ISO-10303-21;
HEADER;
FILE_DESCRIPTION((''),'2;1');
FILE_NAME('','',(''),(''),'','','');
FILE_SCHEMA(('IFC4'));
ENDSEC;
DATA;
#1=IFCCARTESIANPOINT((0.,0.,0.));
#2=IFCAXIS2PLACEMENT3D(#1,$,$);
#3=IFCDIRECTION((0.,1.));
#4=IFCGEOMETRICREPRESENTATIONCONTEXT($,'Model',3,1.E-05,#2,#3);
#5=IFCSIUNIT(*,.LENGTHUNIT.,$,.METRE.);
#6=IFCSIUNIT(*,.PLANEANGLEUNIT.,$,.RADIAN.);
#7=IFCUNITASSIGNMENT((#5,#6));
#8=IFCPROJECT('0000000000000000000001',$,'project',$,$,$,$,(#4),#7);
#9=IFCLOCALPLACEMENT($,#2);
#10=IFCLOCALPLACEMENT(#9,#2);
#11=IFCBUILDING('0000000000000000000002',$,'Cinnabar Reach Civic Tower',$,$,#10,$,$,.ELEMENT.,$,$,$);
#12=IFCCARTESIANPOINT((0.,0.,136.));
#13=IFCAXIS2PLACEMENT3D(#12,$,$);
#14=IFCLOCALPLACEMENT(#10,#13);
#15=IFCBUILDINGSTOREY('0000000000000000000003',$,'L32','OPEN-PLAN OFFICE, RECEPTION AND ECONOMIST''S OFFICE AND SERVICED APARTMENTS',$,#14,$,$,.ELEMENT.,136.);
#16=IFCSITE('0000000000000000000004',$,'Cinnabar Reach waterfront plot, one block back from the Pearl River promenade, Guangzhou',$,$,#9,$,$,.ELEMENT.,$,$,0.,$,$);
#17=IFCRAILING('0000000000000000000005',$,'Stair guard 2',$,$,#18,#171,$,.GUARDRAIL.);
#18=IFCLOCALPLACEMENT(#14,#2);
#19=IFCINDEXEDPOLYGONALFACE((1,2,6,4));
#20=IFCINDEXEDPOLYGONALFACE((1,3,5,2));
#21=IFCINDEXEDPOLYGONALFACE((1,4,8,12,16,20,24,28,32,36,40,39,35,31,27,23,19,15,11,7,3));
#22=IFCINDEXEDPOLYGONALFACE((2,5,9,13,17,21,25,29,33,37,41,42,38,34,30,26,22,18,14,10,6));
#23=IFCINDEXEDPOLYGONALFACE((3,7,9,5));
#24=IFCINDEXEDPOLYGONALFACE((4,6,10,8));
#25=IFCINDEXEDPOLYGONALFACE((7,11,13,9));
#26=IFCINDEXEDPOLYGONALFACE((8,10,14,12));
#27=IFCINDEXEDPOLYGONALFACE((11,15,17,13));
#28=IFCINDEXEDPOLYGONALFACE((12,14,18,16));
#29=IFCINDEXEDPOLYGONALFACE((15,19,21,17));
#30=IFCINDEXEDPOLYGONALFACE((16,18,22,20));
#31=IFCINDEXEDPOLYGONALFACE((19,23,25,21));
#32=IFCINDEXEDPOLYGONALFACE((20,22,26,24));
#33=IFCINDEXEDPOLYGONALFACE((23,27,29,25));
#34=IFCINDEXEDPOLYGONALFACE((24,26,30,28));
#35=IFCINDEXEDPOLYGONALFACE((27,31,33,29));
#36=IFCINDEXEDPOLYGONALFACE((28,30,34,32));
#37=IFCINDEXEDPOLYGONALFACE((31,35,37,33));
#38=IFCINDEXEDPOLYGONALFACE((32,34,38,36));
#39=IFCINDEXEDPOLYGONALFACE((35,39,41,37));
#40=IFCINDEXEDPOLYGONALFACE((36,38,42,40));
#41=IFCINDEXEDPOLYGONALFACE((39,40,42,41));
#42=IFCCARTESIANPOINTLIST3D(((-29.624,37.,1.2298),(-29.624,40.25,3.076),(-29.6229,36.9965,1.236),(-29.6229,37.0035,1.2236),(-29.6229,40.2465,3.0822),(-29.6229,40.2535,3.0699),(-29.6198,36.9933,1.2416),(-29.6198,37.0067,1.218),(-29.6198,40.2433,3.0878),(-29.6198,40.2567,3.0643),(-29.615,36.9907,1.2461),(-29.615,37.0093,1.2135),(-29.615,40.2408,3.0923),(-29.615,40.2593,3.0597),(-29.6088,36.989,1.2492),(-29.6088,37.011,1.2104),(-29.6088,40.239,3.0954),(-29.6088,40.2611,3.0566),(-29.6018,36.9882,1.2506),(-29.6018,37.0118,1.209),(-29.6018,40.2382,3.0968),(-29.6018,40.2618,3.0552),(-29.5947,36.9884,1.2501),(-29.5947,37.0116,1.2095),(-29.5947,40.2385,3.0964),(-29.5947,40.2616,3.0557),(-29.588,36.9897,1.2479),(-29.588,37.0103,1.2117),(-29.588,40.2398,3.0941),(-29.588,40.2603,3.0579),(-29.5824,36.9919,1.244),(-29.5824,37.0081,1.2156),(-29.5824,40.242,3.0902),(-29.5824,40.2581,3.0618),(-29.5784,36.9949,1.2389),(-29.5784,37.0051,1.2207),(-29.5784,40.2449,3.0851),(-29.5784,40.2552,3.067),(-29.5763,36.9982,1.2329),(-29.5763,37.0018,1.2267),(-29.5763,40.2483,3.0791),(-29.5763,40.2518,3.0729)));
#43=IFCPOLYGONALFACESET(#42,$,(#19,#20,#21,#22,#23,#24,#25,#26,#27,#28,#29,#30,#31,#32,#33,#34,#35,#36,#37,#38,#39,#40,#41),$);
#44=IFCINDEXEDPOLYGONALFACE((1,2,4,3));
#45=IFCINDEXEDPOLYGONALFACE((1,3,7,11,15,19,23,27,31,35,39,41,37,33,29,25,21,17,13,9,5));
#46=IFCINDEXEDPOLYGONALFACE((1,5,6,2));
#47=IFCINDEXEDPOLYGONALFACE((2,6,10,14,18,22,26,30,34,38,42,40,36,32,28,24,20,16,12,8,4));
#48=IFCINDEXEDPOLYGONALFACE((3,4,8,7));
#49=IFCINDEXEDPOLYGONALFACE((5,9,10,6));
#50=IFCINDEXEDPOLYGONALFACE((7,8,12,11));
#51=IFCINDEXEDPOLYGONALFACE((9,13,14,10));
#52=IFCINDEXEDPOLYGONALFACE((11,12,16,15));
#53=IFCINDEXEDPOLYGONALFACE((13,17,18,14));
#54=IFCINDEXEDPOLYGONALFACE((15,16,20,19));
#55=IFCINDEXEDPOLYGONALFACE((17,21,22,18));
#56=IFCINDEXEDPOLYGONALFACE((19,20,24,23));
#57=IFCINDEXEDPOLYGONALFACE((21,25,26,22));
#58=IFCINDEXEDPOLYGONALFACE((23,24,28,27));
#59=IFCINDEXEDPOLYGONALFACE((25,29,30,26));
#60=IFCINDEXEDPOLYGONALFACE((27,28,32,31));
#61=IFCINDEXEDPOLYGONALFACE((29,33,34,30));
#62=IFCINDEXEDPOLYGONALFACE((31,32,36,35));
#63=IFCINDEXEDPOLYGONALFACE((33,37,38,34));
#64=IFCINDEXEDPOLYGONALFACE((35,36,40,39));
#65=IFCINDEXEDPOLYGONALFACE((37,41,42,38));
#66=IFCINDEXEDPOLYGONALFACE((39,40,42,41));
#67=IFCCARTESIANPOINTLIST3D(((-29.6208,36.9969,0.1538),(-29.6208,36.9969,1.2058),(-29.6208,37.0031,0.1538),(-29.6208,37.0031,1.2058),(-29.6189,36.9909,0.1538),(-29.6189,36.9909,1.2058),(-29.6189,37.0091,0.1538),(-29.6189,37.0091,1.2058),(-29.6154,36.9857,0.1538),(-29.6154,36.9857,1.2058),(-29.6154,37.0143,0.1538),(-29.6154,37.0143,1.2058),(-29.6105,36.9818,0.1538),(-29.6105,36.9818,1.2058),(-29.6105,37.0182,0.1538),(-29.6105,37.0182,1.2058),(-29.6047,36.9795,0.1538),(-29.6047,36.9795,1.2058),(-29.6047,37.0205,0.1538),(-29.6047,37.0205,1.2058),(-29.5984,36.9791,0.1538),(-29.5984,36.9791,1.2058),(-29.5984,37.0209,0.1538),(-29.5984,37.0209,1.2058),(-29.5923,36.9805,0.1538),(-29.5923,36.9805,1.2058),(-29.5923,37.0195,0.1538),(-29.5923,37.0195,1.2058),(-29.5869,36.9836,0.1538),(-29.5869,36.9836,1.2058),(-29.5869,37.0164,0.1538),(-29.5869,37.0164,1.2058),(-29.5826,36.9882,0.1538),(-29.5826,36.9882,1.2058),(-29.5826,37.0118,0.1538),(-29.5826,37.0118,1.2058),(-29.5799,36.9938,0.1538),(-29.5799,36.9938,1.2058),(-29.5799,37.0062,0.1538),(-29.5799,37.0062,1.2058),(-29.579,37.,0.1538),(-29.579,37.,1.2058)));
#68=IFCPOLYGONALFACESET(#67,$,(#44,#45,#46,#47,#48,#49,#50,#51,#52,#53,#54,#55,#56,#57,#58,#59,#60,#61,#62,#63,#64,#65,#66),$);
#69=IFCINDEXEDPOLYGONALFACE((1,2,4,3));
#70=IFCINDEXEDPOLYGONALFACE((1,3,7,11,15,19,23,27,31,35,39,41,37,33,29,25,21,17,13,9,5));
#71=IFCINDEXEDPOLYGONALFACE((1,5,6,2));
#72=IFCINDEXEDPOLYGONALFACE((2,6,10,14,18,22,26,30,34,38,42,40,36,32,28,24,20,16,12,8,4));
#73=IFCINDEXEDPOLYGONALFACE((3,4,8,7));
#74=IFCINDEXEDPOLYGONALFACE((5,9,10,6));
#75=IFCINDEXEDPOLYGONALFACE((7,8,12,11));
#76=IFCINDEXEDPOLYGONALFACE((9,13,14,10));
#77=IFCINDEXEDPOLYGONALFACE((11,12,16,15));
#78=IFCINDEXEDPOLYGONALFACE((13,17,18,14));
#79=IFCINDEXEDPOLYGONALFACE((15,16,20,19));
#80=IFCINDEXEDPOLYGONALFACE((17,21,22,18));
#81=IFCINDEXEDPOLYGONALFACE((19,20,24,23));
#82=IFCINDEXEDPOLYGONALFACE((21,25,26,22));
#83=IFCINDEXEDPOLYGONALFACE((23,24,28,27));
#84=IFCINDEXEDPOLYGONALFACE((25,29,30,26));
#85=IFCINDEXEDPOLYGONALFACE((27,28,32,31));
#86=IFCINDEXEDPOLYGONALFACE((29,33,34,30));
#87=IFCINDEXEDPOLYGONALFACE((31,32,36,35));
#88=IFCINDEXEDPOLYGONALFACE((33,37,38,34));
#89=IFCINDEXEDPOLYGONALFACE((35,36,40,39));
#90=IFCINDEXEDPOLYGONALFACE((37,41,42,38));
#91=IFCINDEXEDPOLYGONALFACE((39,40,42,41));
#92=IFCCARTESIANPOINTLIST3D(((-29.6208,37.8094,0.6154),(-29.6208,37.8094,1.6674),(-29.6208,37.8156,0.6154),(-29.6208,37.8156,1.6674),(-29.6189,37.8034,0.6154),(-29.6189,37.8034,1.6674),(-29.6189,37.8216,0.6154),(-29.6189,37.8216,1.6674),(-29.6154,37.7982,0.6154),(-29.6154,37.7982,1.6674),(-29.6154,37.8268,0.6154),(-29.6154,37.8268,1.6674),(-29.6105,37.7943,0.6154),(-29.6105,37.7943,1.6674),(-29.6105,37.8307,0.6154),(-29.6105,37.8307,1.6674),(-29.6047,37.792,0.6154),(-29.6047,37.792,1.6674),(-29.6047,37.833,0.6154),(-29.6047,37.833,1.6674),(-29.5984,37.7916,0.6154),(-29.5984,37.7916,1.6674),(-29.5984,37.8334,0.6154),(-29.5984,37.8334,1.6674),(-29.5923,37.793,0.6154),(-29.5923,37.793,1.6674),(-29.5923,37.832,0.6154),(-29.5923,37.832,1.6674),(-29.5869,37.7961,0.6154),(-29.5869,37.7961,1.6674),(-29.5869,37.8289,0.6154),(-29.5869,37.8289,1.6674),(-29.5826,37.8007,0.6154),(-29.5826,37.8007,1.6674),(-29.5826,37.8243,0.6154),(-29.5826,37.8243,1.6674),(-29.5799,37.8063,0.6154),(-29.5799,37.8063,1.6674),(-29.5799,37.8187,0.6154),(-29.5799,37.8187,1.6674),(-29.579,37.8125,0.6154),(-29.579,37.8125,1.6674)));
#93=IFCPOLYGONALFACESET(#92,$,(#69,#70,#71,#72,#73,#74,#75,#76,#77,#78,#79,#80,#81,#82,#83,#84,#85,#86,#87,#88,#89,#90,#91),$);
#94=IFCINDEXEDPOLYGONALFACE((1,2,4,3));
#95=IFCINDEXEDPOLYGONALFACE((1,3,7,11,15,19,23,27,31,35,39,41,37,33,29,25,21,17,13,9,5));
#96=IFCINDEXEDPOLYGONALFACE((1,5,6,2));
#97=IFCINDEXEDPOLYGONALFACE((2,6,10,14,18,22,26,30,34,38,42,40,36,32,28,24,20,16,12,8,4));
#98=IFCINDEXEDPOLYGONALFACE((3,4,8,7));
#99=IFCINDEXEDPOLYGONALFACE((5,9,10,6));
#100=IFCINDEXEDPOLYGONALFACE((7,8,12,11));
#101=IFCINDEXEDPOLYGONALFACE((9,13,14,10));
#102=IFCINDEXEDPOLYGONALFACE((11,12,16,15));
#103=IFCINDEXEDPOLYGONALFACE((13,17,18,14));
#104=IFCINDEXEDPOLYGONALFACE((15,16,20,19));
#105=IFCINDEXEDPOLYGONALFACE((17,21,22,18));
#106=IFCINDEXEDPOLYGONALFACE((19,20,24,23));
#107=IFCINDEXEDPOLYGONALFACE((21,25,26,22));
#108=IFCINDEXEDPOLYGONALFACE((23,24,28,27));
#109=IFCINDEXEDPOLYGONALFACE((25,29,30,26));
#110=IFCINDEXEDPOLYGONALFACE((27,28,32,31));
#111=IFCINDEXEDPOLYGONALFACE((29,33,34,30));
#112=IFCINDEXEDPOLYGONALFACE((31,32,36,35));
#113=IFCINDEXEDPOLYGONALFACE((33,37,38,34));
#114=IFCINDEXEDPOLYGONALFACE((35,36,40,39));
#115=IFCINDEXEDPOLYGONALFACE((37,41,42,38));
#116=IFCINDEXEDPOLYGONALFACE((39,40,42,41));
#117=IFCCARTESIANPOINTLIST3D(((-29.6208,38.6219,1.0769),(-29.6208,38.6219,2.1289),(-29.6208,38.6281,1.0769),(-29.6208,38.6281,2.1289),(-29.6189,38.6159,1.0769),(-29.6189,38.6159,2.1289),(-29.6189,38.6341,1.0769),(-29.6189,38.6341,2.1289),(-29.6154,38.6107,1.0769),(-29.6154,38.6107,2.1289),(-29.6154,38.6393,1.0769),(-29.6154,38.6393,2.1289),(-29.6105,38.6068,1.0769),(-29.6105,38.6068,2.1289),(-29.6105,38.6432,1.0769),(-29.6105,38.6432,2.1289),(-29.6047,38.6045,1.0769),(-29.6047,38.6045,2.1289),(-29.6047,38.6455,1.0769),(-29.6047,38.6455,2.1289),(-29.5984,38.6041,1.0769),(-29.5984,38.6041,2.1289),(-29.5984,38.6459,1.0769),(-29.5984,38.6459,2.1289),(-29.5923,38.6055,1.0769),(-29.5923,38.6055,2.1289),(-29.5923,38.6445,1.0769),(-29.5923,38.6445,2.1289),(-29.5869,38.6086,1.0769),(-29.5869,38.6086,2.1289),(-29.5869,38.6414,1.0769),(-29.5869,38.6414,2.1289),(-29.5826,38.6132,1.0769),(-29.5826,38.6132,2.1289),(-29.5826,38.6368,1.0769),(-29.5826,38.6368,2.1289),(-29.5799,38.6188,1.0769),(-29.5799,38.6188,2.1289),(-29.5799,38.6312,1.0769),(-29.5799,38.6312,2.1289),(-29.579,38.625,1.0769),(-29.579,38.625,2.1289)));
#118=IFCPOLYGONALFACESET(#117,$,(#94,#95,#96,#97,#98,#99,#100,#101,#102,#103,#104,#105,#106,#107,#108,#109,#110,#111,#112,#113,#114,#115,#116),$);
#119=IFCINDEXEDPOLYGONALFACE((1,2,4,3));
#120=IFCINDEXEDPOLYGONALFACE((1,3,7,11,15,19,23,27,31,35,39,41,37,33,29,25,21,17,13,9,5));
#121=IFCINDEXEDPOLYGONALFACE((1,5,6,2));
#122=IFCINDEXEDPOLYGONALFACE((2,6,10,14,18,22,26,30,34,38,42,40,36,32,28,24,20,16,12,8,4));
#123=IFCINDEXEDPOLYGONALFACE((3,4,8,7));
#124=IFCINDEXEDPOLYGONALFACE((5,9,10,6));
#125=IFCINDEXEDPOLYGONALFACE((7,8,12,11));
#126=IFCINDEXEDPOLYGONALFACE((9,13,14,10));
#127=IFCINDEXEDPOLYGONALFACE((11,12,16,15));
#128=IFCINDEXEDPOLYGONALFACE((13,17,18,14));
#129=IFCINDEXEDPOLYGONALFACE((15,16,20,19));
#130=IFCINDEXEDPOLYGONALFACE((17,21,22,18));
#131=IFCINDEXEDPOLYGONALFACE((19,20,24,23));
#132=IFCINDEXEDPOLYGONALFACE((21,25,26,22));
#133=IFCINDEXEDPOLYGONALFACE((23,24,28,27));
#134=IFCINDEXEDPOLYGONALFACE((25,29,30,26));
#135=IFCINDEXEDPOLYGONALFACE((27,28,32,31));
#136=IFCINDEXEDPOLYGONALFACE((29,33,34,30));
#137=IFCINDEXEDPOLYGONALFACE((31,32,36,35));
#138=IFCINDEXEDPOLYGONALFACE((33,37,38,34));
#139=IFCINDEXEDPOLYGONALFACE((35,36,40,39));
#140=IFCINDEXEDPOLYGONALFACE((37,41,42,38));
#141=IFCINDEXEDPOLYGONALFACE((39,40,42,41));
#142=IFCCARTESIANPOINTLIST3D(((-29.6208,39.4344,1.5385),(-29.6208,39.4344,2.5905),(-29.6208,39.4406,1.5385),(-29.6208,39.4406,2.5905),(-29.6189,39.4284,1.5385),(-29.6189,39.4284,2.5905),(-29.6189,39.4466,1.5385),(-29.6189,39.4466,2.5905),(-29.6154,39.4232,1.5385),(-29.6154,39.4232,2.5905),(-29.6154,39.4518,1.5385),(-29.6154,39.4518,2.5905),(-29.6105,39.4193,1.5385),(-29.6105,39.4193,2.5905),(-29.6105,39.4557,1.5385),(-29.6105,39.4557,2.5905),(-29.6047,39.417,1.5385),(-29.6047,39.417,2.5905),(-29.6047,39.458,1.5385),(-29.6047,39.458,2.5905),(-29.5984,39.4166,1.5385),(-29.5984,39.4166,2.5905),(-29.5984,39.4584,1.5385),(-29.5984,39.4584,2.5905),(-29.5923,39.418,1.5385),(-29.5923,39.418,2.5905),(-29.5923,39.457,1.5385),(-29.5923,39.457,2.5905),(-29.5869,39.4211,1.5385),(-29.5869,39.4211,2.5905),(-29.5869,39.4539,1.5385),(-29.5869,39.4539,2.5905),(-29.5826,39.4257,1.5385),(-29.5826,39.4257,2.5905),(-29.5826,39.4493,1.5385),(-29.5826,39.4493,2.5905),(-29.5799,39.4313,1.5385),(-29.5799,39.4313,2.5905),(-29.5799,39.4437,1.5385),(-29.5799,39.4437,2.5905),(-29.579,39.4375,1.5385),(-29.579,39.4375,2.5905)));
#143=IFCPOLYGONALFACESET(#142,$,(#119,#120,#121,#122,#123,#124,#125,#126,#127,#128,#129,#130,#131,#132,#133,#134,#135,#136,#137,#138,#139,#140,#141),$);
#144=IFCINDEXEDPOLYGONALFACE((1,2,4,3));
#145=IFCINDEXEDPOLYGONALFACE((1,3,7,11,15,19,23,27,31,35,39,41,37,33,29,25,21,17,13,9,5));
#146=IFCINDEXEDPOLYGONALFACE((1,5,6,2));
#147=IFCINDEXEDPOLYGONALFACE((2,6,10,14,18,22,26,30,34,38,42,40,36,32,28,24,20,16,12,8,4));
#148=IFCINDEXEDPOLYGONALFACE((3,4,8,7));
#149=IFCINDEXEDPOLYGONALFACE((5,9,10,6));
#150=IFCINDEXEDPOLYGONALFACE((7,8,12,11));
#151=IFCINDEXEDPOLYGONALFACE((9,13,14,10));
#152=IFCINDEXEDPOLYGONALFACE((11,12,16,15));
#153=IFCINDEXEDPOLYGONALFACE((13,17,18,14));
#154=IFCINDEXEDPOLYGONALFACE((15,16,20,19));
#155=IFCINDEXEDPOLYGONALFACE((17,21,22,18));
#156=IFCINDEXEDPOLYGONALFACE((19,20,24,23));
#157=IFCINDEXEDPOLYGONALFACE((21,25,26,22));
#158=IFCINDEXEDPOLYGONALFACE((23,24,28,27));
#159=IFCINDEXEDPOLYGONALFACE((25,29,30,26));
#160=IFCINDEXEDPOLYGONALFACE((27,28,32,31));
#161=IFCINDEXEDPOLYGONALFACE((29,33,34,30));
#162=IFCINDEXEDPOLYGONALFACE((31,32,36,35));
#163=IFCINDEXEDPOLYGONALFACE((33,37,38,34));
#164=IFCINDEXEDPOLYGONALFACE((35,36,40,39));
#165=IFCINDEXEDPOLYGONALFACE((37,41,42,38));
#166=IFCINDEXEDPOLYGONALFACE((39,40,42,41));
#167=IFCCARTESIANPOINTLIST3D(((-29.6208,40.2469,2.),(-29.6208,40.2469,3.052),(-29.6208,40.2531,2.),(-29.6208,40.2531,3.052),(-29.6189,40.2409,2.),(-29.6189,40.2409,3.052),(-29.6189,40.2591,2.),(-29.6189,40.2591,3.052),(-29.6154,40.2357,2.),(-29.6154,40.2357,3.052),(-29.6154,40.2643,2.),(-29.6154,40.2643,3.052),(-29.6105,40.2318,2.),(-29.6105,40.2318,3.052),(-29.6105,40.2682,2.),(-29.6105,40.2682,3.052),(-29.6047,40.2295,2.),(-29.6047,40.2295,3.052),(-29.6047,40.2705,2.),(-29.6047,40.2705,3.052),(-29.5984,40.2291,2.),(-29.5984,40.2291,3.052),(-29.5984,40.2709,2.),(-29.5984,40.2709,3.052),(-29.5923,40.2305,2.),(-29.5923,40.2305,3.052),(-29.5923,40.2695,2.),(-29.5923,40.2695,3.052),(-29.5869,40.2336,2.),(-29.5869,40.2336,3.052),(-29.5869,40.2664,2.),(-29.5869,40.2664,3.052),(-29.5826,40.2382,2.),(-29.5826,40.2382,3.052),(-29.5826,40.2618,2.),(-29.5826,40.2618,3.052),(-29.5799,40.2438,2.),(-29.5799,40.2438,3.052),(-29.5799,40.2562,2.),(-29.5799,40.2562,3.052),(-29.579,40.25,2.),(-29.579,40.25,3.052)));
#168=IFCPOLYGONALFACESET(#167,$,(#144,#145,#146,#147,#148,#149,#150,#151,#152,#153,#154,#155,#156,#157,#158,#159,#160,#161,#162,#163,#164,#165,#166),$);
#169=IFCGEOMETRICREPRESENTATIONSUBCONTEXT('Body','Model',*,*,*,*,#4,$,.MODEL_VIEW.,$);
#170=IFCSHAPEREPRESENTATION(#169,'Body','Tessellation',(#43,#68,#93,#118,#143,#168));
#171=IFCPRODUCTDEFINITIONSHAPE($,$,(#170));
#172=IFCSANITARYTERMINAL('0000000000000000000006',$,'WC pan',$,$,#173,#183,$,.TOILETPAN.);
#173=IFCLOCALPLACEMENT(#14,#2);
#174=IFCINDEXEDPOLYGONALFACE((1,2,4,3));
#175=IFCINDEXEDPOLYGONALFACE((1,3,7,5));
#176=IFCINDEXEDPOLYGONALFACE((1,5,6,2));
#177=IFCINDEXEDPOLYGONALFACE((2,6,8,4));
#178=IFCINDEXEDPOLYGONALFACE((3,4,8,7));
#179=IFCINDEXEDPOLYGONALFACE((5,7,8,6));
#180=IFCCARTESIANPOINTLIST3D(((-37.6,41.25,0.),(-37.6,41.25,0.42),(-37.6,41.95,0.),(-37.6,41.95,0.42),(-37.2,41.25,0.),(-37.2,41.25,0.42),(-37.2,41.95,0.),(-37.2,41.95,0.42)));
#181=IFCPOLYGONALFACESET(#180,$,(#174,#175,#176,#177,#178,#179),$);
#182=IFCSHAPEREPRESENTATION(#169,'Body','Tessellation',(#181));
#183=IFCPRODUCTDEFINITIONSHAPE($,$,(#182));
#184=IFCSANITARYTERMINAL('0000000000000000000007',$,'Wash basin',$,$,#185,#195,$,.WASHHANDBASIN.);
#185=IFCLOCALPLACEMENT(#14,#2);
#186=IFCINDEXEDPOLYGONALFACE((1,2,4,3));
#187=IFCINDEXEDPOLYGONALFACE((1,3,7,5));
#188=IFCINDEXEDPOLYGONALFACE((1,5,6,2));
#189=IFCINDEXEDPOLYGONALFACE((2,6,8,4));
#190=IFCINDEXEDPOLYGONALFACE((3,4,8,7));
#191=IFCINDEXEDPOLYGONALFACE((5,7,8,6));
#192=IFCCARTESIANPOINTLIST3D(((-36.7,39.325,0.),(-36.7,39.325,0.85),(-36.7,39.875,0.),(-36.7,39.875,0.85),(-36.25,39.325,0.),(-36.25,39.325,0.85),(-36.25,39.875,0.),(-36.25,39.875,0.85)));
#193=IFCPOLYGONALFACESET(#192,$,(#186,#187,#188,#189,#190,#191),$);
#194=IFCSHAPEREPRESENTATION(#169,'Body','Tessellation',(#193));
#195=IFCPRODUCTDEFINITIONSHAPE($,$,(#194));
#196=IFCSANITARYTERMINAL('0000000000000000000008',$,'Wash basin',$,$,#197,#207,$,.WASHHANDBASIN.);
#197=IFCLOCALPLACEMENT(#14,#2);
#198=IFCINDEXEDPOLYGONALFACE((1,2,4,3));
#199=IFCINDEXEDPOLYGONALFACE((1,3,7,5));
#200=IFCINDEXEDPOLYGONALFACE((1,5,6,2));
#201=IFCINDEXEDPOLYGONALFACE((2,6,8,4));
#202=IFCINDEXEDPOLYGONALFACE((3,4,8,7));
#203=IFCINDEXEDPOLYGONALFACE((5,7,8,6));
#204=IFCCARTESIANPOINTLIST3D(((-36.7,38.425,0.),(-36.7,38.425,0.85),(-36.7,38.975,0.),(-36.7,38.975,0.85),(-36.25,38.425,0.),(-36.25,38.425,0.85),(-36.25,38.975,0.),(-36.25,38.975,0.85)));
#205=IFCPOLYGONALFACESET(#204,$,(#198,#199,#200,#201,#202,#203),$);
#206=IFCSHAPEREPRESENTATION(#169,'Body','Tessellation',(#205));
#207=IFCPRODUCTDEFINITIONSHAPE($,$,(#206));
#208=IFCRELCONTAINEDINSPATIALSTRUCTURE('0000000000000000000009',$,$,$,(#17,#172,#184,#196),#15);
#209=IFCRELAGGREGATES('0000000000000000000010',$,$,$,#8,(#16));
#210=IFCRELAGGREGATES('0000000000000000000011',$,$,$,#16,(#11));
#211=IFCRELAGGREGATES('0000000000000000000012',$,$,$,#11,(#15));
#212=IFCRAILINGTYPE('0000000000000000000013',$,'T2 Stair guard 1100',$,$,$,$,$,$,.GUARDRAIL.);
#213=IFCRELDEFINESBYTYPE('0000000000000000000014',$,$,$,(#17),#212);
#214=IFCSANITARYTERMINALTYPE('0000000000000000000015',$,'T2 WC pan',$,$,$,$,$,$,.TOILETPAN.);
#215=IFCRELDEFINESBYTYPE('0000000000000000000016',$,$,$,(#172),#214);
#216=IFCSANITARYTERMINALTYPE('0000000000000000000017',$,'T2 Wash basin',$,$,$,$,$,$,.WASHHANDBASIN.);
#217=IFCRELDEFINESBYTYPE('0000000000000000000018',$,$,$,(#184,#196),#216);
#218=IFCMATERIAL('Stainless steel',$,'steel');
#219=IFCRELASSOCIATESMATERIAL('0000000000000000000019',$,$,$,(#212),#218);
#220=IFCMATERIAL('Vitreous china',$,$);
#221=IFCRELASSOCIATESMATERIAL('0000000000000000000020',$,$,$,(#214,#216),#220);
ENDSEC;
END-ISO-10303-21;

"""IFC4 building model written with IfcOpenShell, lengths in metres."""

from ifc_helpers import new_model, si_unit, direction, frame, origin, origin_2d, place, context, subcontext, project, spatial, rectangle, circle, extrude, material, type_object, element, save


model = new_model("IFC4")

# Units and contexts
model_context = context("Model", 3, precision=1e-05, world=origin(), true_north=direction((0.0, 1.0)))
body_context = subcontext(model_context, "Body", "Model", "MODEL_VIEW")
ifc_project = project(units=[si_unit("LENGTHUNIT", "METRE"), si_unit("PLANEANGLEUNIT", "RADIAN")], contexts=[model_context])

# Site, building, storey
site_placement = place(None, origin())
site = spatial("IfcSite", under=ifc_project, at=site_placement, Name="Cinnabar Reach waterfront plot, one block back from the Pearl River promenade, Guangzhou", CompositionType="ELEMENT", RefElevation=0.0)
building_placement = place(site_placement, origin())
building = spatial("IfcBuilding", under=site, at=building_placement, Name="Cinnabar Reach Civic Tower", CompositionType="ELEMENT")
storey_placement = place(building_placement, frame((0.0, 0.0, 136.0)))
storey = spatial("IfcBuildingStorey", under=building, at=storey_placement, Name="L32", Description="OPEN-PLAN OFFICE, RECEPTION AND ECONOMIST'S OFFICE AND SERVICED APARTMENTS", CompositionType="ELEMENT", Elevation=136.0)

# Railing
ifc_material_1 = material(Name="Stainless steel", Category="steel")
railing_type = type_object("IfcRailingType", Name="T2 Stair guard 1100", PredefinedType="GUARDRAIL", material=ifc_material_1)
railing_placement = place(storey_placement, frame((-29.6, 37.0, 0.1538)))
element("IfcRailing", 1, at=railing_placement, inside=storey, type_object=railing_type, Name="Stair guard 2", PredefinedType="GUARDRAIL", context=body_context, shape_type="SweptSolid", body=[
    extrude(circle(Radius=0.024, at=origin_2d()), frame((0.0, 0.0, 1.076), z_axis=(0.0, 0.869501, 0.49393), x_axis=(-1.0, 0.0, 0.0)), (0.0, 0.0, 1.0), 3.7378),
    extrude(circle(Radius=0.021, at=origin_2d()), origin(), (0.0, 0.0, 1.0), 1.052),
    extrude(circle(Radius=0.021, at=origin_2d()), frame((0.0, 0.8125, 0.4616)), (0.0, 0.0, 1.0), 1.052),
    extrude(circle(Radius=0.021, at=origin_2d()), frame((0.0, 1.625, 0.9231)), (0.0, 0.0, 1.0), 1.052),
    extrude(circle(Radius=0.021, at=origin_2d()), frame((0.0, 2.4375, 1.3847)), (0.0, 0.0, 1.0), 1.052),
    extrude(circle(Radius=0.021, at=origin_2d()), frame((0.0, 3.25, 1.8462)), (0.0, 0.0, 1.0), 1.052),
])

# Sanitary terminals
ifc_material_2 = material(Name="Vitreous china")
sanitary_terminal_type_1 = type_object("IfcSanitaryTerminalType", Name="T2 WC pan", PredefinedType="TOILETPAN", material=ifc_material_2)
sanitary_terminal_placement = place(storey_placement, frame((-37.4, 41.6, 0.0), z_axis=(0.0, 0.0, 1.0), x_axis=(1.0, 0.0, 0.0)))
element("IfcSanitaryTerminal", 2, at=sanitary_terminal_placement, inside=storey, type_object=sanitary_terminal_type_1, Name="WC pan", PredefinedType="TOILETPAN", context=body_context, shape_type="SweptSolid", body=[
    extrude(rectangle(XDim=0.4, YDim=0.7, at=origin_2d()), origin(), (0.0, 0.0, 1.0), 0.42),
])
sanitary_terminal_type_2 = type_object("IfcSanitaryTerminalType", Name="T2 Wash basin", PredefinedType="WASHHANDBASIN", material=ifc_material_2)
for number, where, z_axis, x_axis, name in (
    (3, (-36.475, 39.6, 0.0), (0.0, 0.0, 1.0), (1.0, 0.0, 0.0), "Wash basin"),
    (4, (-36.475, 38.7, 0.0), (0.0, 0.0, 1.0), (1.0, 0.0, 0.0), "Wash basin"),
):
    element("IfcSanitaryTerminal", number, at=place(storey_placement, frame(where, z_axis=z_axis, x_axis=x_axis)), inside=storey, type_object=sanitary_terminal_type_2, Name=name, PredefinedType="WASHHANDBASIN", context=body_context, shape_type="SweptSolid", body=[
        extrude(rectangle(XDim=0.45, YDim=0.55, at=origin_2d()), origin(), (0.0, 0.0, 1.0), 0.85),
    ])

save(model, "model.ifc")
